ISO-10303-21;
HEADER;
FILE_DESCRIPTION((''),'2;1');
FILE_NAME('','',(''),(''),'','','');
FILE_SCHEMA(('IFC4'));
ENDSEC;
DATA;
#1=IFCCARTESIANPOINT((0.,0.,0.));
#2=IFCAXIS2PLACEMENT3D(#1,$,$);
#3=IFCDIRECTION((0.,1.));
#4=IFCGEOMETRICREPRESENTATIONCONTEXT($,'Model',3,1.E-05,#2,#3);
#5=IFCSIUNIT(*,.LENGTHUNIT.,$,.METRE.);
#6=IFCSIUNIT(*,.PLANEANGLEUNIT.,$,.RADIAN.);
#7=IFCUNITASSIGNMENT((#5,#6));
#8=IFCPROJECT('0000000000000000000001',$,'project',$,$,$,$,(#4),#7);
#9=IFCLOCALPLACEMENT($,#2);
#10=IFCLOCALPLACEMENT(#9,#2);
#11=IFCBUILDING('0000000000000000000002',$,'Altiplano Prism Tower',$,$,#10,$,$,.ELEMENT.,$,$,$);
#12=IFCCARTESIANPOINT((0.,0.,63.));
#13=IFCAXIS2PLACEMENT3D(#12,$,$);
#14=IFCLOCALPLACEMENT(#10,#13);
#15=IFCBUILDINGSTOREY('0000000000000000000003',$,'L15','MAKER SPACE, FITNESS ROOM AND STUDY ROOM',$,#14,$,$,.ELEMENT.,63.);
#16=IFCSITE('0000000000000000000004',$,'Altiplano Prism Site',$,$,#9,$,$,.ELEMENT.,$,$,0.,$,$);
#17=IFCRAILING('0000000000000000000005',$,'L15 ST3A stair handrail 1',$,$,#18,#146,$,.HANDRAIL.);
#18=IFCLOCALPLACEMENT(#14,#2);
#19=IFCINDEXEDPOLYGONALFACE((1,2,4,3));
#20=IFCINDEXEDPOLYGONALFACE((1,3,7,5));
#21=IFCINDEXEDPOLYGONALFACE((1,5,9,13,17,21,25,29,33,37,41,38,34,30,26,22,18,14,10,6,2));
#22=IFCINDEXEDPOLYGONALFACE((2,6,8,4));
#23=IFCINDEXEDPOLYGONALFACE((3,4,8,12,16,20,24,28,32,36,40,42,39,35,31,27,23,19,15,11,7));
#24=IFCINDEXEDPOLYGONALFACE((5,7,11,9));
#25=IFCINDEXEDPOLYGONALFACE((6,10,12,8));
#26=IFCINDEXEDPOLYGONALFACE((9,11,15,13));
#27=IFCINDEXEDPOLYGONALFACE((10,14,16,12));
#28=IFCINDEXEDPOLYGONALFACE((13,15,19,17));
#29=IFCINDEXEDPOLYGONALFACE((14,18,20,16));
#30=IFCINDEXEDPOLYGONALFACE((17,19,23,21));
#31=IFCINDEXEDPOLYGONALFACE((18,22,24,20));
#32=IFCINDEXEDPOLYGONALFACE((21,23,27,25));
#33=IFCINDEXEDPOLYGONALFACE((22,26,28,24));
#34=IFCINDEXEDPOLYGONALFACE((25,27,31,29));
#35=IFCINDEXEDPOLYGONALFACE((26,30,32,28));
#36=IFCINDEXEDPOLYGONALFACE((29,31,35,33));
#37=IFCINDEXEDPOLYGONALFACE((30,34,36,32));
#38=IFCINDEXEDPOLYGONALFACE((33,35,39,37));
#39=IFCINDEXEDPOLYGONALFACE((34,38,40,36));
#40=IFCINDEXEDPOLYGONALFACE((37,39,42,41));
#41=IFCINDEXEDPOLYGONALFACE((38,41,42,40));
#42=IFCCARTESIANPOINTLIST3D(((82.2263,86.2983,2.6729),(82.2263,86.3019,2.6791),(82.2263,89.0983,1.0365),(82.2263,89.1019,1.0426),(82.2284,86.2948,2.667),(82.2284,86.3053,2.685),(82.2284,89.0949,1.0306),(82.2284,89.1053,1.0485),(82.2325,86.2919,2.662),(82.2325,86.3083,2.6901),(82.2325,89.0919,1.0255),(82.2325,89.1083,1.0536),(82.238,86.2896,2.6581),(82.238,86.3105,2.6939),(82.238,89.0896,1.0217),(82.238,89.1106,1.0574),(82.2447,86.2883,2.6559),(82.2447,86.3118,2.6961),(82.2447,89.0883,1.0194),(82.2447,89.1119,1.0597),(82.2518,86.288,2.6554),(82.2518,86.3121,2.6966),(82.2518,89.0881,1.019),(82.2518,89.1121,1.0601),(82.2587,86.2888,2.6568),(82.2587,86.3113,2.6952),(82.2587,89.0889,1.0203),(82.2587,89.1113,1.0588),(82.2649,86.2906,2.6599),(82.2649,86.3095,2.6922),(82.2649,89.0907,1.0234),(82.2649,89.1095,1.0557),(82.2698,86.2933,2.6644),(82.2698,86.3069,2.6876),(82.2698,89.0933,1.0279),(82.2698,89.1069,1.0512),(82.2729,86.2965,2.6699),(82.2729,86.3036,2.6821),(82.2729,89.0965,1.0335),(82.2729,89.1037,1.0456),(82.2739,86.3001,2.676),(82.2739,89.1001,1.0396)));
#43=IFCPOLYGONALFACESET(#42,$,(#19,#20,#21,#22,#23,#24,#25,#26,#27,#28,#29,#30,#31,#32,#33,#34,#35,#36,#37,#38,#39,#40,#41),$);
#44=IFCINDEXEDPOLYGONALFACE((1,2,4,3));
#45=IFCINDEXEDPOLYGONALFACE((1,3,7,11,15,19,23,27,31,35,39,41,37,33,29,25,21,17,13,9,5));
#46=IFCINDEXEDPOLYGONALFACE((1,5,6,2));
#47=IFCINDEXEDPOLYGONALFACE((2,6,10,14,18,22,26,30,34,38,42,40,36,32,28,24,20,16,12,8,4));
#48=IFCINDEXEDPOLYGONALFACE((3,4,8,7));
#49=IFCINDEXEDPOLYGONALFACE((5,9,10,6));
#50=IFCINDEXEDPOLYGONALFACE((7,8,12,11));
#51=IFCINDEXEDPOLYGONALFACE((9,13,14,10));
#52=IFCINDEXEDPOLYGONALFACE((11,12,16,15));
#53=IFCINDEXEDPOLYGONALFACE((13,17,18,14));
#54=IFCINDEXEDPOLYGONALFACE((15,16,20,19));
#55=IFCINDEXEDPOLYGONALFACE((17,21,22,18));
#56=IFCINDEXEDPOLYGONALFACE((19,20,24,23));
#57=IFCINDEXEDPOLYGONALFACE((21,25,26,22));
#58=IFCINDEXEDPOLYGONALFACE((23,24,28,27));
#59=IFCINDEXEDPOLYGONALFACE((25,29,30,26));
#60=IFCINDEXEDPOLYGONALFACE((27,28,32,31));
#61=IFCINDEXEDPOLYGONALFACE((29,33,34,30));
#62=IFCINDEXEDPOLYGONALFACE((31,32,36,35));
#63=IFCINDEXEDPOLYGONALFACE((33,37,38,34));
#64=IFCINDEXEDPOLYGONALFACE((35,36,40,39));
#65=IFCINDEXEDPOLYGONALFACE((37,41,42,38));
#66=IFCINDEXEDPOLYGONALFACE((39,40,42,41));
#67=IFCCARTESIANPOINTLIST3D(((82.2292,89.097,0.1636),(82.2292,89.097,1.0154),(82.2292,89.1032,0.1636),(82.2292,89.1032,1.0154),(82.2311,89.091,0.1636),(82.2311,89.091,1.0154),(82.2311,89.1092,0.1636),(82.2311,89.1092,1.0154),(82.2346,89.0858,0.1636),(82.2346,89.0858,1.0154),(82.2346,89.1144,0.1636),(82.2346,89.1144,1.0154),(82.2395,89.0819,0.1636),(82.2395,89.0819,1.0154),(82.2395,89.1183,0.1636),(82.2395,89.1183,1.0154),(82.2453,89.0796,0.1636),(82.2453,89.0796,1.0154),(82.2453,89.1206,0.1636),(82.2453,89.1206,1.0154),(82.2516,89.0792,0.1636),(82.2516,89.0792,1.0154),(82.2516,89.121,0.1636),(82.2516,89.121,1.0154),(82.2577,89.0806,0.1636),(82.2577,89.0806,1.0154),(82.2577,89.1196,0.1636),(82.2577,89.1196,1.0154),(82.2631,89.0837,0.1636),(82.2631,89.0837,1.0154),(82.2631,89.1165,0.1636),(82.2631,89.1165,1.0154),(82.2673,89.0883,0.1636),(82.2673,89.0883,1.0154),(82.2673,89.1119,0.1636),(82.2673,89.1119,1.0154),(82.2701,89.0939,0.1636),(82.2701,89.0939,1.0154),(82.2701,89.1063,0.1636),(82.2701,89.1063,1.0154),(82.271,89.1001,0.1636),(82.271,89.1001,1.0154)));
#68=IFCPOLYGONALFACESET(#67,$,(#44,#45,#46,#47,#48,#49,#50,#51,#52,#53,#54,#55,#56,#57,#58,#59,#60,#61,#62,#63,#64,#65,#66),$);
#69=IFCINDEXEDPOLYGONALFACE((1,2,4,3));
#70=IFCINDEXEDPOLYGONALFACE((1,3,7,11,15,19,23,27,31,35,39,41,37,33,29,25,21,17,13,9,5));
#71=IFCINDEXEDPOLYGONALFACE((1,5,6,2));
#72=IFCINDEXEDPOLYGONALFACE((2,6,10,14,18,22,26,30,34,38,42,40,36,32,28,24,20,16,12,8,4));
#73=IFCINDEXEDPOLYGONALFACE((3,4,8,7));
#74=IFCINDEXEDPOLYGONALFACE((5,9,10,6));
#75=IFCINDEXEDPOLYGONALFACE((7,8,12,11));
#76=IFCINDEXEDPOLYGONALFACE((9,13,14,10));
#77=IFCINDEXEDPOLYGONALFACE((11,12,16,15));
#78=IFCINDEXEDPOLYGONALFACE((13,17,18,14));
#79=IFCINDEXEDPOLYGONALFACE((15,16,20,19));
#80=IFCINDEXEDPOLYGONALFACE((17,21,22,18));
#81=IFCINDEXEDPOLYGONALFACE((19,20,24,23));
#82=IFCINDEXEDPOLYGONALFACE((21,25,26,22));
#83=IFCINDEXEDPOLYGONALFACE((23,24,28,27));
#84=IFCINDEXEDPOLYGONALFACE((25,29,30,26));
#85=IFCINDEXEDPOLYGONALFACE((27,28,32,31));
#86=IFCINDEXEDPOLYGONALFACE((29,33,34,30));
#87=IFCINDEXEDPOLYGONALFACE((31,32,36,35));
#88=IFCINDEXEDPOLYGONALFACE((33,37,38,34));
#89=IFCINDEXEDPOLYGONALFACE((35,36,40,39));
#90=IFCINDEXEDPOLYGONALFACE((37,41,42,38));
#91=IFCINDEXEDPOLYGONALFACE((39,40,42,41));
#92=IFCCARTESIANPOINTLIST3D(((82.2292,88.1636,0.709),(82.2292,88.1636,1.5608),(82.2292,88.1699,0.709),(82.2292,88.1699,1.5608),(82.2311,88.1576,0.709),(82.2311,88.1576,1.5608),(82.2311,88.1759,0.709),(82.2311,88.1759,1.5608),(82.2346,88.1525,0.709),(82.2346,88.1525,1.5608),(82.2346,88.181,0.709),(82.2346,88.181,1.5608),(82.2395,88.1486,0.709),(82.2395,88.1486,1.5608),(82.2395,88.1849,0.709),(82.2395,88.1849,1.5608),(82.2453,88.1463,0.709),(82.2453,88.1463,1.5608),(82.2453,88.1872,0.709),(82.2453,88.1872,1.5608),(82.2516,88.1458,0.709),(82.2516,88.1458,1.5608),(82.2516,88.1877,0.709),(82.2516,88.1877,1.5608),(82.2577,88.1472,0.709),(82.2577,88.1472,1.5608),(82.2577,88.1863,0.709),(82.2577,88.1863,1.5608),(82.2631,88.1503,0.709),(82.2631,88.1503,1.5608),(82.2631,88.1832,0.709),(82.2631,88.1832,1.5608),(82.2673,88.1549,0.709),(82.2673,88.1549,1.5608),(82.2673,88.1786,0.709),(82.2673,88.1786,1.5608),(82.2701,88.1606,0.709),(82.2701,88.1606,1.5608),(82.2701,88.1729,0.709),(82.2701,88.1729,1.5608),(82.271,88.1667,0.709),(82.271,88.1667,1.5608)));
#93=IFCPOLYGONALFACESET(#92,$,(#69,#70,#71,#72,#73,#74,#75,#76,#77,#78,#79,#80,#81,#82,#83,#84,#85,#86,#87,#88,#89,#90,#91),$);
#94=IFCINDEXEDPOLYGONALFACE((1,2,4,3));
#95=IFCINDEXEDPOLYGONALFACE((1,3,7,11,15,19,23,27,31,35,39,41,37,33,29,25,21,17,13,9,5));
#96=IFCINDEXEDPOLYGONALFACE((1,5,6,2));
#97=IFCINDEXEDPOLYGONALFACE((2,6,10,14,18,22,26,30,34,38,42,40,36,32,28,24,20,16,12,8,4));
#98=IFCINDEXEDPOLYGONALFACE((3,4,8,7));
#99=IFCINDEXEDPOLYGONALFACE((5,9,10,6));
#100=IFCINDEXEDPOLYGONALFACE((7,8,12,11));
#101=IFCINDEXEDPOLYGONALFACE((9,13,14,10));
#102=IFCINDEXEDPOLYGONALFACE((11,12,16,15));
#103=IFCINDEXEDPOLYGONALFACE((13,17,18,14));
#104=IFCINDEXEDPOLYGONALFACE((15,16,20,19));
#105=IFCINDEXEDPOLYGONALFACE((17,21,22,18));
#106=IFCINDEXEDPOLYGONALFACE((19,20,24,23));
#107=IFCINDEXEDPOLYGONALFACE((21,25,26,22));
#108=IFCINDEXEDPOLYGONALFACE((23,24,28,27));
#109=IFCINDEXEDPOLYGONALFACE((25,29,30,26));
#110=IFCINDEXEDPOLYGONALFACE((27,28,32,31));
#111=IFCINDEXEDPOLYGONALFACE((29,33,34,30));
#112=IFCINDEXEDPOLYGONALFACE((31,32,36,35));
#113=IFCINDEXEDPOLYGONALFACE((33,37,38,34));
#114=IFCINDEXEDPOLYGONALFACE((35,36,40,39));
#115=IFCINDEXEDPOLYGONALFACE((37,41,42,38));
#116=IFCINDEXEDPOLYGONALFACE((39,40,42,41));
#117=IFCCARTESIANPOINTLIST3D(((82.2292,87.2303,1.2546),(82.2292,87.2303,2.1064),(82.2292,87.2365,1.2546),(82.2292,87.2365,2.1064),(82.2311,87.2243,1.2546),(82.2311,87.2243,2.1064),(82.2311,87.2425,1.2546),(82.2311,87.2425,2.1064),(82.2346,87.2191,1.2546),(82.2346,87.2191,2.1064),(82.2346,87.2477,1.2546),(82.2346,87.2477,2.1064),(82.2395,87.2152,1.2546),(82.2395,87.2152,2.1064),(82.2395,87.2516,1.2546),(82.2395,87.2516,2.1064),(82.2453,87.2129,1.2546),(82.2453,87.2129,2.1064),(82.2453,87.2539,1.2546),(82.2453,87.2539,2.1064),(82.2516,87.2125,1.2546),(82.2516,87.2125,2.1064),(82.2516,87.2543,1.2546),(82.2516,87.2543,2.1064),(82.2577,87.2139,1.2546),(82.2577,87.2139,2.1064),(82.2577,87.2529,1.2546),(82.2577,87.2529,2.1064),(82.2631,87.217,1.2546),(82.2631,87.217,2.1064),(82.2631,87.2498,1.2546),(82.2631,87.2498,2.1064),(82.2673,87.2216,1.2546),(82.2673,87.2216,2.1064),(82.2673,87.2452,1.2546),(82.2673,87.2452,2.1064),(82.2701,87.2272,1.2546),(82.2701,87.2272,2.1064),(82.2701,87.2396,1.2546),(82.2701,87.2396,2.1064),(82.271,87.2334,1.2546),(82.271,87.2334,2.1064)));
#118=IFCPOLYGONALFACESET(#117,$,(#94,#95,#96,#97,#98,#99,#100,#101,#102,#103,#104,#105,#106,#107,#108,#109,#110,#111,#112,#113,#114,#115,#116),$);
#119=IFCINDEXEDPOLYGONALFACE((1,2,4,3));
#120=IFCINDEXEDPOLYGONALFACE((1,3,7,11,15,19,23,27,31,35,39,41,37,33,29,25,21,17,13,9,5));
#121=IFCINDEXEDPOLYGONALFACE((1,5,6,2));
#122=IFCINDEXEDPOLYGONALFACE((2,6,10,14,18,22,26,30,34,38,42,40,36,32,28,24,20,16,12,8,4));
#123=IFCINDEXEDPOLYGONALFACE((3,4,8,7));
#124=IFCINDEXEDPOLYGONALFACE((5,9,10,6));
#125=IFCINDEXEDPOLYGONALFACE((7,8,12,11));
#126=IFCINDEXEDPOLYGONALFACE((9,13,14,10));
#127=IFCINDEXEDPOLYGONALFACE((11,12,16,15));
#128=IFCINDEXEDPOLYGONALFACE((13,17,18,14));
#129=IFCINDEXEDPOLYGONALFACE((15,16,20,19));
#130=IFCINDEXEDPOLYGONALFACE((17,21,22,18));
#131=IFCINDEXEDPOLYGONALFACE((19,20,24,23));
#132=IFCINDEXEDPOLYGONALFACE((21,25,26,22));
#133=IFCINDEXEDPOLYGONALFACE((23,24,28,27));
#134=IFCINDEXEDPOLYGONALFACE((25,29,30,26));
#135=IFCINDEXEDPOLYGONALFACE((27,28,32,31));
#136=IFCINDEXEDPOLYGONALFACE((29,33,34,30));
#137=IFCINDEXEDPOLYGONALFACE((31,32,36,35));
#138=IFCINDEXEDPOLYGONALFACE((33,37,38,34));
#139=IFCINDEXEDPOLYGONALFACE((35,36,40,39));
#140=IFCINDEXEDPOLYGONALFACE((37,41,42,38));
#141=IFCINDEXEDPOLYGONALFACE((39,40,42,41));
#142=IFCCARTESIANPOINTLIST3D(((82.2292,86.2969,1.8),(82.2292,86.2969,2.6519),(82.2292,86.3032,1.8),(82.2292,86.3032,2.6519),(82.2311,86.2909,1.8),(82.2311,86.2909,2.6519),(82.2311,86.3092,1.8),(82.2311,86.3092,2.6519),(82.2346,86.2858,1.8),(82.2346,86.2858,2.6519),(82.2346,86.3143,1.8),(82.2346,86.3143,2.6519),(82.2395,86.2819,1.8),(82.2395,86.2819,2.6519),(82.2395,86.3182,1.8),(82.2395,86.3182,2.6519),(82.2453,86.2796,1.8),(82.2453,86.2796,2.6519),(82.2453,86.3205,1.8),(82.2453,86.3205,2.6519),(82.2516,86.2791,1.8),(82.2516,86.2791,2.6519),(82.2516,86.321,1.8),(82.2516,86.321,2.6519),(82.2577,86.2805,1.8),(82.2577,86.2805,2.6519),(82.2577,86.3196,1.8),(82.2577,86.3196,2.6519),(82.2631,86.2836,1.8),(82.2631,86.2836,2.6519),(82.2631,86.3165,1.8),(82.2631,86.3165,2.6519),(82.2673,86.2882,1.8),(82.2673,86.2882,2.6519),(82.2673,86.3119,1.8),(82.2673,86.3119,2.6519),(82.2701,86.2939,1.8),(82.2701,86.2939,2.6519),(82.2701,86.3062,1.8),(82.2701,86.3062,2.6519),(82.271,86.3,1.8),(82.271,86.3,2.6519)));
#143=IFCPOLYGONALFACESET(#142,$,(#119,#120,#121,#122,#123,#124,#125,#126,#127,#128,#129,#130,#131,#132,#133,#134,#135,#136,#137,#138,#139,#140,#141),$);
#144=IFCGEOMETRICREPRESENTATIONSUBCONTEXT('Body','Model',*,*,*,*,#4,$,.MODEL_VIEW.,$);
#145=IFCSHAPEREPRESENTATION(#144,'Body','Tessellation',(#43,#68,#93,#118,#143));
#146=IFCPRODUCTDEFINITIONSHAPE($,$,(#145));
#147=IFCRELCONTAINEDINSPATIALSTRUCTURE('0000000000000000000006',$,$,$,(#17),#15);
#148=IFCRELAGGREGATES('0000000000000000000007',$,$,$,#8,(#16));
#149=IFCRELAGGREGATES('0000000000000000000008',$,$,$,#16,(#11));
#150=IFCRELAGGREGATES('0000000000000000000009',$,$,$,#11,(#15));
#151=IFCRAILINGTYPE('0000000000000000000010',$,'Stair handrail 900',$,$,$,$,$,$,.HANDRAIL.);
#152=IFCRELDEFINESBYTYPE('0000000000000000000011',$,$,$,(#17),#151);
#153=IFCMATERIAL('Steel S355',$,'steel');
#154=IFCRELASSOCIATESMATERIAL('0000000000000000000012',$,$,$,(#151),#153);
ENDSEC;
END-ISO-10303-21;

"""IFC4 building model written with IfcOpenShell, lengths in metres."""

from ifc_helpers import new_model, si_unit, direction, frame, origin, origin_2d, place, context, subcontext, project, spatial, circle, extrude, material, type_object, element, save


model = new_model("IFC4")

# Units and contexts
model_context = context("Model", 3, precision=1e-05, world=origin(), true_north=direction((0.0, 1.0)))
body_context = subcontext(model_context, "Body", "Model", "MODEL_VIEW")
ifc_project = project(units=[si_unit("LENGTHUNIT", "METRE"), si_unit("PLANEANGLEUNIT", "RADIAN")], contexts=[model_context])

# Site, building, storey
site_placement = place(None, origin())
site = spatial("IfcSite", under=ifc_project, at=site_placement, Name="Altiplano Prism Site", CompositionType="ELEMENT", RefElevation=0.0)
building_placement = place(site_placement, origin())
building = spatial("IfcBuilding", under=site, at=building_placement, Name="Altiplano Prism Tower", CompositionType="ELEMENT")
storey_placement = place(building_placement, frame((0.0, 0.0, 63.0)))
storey = spatial("IfcBuildingStorey", under=building, at=storey_placement, Name="L15", Description="MAKER SPACE, FITNESS ROOM AND STUDY ROOM", CompositionType="ELEMENT", Elevation=63.0)

# Railing
ifc_material_1 = material(Name="Steel S355", Category="steel")
railing_type = type_object("IfcRailingType", Name="Stair handrail 900", PredefinedType="HANDRAIL", material=ifc_material_1)
railing_placement = place(storey_placement, frame((82.25, 89.1001, 0.1636)))
element("IfcRailing", 1, at=railing_placement, inside=storey, type_object=railing_type, Name="L15 ST3A stair handrail 1", PredefinedType="HANDRAIL", context=body_context, shape_type="SweptSolid", body=[
    extrude(circle(Radius=0.0239, at=origin_2d()), frame((0.0, 0.0, 0.876), z_axis=(0.0, -0.863361, 0.504587), x_axis=(1.0, 0.0, 0.0)), (0.0, 0.0, 1.0), 3.2432),
    extrude(circle(Radius=0.021, at=origin_2d()), origin(), (0.0, 0.0, 1.0), 0.8518),
    extrude(circle(Radius=0.021, at=origin_2d()), frame((0.0, -0.9333, 0.5454)), (0.0, 0.0, 1.0), 0.8518),
    extrude(circle(Radius=0.021, at=origin_2d()), frame((0.0, -1.8667, 1.0911)), (0.0, 0.0, 1.0), 0.8518),
    extrude(circle(Radius=0.021, at=origin_2d()), frame((0.0, -2.8, 1.6365)), (0.0, 0.0, 1.0), 0.8518),
])

save(model, "model.ifc")
